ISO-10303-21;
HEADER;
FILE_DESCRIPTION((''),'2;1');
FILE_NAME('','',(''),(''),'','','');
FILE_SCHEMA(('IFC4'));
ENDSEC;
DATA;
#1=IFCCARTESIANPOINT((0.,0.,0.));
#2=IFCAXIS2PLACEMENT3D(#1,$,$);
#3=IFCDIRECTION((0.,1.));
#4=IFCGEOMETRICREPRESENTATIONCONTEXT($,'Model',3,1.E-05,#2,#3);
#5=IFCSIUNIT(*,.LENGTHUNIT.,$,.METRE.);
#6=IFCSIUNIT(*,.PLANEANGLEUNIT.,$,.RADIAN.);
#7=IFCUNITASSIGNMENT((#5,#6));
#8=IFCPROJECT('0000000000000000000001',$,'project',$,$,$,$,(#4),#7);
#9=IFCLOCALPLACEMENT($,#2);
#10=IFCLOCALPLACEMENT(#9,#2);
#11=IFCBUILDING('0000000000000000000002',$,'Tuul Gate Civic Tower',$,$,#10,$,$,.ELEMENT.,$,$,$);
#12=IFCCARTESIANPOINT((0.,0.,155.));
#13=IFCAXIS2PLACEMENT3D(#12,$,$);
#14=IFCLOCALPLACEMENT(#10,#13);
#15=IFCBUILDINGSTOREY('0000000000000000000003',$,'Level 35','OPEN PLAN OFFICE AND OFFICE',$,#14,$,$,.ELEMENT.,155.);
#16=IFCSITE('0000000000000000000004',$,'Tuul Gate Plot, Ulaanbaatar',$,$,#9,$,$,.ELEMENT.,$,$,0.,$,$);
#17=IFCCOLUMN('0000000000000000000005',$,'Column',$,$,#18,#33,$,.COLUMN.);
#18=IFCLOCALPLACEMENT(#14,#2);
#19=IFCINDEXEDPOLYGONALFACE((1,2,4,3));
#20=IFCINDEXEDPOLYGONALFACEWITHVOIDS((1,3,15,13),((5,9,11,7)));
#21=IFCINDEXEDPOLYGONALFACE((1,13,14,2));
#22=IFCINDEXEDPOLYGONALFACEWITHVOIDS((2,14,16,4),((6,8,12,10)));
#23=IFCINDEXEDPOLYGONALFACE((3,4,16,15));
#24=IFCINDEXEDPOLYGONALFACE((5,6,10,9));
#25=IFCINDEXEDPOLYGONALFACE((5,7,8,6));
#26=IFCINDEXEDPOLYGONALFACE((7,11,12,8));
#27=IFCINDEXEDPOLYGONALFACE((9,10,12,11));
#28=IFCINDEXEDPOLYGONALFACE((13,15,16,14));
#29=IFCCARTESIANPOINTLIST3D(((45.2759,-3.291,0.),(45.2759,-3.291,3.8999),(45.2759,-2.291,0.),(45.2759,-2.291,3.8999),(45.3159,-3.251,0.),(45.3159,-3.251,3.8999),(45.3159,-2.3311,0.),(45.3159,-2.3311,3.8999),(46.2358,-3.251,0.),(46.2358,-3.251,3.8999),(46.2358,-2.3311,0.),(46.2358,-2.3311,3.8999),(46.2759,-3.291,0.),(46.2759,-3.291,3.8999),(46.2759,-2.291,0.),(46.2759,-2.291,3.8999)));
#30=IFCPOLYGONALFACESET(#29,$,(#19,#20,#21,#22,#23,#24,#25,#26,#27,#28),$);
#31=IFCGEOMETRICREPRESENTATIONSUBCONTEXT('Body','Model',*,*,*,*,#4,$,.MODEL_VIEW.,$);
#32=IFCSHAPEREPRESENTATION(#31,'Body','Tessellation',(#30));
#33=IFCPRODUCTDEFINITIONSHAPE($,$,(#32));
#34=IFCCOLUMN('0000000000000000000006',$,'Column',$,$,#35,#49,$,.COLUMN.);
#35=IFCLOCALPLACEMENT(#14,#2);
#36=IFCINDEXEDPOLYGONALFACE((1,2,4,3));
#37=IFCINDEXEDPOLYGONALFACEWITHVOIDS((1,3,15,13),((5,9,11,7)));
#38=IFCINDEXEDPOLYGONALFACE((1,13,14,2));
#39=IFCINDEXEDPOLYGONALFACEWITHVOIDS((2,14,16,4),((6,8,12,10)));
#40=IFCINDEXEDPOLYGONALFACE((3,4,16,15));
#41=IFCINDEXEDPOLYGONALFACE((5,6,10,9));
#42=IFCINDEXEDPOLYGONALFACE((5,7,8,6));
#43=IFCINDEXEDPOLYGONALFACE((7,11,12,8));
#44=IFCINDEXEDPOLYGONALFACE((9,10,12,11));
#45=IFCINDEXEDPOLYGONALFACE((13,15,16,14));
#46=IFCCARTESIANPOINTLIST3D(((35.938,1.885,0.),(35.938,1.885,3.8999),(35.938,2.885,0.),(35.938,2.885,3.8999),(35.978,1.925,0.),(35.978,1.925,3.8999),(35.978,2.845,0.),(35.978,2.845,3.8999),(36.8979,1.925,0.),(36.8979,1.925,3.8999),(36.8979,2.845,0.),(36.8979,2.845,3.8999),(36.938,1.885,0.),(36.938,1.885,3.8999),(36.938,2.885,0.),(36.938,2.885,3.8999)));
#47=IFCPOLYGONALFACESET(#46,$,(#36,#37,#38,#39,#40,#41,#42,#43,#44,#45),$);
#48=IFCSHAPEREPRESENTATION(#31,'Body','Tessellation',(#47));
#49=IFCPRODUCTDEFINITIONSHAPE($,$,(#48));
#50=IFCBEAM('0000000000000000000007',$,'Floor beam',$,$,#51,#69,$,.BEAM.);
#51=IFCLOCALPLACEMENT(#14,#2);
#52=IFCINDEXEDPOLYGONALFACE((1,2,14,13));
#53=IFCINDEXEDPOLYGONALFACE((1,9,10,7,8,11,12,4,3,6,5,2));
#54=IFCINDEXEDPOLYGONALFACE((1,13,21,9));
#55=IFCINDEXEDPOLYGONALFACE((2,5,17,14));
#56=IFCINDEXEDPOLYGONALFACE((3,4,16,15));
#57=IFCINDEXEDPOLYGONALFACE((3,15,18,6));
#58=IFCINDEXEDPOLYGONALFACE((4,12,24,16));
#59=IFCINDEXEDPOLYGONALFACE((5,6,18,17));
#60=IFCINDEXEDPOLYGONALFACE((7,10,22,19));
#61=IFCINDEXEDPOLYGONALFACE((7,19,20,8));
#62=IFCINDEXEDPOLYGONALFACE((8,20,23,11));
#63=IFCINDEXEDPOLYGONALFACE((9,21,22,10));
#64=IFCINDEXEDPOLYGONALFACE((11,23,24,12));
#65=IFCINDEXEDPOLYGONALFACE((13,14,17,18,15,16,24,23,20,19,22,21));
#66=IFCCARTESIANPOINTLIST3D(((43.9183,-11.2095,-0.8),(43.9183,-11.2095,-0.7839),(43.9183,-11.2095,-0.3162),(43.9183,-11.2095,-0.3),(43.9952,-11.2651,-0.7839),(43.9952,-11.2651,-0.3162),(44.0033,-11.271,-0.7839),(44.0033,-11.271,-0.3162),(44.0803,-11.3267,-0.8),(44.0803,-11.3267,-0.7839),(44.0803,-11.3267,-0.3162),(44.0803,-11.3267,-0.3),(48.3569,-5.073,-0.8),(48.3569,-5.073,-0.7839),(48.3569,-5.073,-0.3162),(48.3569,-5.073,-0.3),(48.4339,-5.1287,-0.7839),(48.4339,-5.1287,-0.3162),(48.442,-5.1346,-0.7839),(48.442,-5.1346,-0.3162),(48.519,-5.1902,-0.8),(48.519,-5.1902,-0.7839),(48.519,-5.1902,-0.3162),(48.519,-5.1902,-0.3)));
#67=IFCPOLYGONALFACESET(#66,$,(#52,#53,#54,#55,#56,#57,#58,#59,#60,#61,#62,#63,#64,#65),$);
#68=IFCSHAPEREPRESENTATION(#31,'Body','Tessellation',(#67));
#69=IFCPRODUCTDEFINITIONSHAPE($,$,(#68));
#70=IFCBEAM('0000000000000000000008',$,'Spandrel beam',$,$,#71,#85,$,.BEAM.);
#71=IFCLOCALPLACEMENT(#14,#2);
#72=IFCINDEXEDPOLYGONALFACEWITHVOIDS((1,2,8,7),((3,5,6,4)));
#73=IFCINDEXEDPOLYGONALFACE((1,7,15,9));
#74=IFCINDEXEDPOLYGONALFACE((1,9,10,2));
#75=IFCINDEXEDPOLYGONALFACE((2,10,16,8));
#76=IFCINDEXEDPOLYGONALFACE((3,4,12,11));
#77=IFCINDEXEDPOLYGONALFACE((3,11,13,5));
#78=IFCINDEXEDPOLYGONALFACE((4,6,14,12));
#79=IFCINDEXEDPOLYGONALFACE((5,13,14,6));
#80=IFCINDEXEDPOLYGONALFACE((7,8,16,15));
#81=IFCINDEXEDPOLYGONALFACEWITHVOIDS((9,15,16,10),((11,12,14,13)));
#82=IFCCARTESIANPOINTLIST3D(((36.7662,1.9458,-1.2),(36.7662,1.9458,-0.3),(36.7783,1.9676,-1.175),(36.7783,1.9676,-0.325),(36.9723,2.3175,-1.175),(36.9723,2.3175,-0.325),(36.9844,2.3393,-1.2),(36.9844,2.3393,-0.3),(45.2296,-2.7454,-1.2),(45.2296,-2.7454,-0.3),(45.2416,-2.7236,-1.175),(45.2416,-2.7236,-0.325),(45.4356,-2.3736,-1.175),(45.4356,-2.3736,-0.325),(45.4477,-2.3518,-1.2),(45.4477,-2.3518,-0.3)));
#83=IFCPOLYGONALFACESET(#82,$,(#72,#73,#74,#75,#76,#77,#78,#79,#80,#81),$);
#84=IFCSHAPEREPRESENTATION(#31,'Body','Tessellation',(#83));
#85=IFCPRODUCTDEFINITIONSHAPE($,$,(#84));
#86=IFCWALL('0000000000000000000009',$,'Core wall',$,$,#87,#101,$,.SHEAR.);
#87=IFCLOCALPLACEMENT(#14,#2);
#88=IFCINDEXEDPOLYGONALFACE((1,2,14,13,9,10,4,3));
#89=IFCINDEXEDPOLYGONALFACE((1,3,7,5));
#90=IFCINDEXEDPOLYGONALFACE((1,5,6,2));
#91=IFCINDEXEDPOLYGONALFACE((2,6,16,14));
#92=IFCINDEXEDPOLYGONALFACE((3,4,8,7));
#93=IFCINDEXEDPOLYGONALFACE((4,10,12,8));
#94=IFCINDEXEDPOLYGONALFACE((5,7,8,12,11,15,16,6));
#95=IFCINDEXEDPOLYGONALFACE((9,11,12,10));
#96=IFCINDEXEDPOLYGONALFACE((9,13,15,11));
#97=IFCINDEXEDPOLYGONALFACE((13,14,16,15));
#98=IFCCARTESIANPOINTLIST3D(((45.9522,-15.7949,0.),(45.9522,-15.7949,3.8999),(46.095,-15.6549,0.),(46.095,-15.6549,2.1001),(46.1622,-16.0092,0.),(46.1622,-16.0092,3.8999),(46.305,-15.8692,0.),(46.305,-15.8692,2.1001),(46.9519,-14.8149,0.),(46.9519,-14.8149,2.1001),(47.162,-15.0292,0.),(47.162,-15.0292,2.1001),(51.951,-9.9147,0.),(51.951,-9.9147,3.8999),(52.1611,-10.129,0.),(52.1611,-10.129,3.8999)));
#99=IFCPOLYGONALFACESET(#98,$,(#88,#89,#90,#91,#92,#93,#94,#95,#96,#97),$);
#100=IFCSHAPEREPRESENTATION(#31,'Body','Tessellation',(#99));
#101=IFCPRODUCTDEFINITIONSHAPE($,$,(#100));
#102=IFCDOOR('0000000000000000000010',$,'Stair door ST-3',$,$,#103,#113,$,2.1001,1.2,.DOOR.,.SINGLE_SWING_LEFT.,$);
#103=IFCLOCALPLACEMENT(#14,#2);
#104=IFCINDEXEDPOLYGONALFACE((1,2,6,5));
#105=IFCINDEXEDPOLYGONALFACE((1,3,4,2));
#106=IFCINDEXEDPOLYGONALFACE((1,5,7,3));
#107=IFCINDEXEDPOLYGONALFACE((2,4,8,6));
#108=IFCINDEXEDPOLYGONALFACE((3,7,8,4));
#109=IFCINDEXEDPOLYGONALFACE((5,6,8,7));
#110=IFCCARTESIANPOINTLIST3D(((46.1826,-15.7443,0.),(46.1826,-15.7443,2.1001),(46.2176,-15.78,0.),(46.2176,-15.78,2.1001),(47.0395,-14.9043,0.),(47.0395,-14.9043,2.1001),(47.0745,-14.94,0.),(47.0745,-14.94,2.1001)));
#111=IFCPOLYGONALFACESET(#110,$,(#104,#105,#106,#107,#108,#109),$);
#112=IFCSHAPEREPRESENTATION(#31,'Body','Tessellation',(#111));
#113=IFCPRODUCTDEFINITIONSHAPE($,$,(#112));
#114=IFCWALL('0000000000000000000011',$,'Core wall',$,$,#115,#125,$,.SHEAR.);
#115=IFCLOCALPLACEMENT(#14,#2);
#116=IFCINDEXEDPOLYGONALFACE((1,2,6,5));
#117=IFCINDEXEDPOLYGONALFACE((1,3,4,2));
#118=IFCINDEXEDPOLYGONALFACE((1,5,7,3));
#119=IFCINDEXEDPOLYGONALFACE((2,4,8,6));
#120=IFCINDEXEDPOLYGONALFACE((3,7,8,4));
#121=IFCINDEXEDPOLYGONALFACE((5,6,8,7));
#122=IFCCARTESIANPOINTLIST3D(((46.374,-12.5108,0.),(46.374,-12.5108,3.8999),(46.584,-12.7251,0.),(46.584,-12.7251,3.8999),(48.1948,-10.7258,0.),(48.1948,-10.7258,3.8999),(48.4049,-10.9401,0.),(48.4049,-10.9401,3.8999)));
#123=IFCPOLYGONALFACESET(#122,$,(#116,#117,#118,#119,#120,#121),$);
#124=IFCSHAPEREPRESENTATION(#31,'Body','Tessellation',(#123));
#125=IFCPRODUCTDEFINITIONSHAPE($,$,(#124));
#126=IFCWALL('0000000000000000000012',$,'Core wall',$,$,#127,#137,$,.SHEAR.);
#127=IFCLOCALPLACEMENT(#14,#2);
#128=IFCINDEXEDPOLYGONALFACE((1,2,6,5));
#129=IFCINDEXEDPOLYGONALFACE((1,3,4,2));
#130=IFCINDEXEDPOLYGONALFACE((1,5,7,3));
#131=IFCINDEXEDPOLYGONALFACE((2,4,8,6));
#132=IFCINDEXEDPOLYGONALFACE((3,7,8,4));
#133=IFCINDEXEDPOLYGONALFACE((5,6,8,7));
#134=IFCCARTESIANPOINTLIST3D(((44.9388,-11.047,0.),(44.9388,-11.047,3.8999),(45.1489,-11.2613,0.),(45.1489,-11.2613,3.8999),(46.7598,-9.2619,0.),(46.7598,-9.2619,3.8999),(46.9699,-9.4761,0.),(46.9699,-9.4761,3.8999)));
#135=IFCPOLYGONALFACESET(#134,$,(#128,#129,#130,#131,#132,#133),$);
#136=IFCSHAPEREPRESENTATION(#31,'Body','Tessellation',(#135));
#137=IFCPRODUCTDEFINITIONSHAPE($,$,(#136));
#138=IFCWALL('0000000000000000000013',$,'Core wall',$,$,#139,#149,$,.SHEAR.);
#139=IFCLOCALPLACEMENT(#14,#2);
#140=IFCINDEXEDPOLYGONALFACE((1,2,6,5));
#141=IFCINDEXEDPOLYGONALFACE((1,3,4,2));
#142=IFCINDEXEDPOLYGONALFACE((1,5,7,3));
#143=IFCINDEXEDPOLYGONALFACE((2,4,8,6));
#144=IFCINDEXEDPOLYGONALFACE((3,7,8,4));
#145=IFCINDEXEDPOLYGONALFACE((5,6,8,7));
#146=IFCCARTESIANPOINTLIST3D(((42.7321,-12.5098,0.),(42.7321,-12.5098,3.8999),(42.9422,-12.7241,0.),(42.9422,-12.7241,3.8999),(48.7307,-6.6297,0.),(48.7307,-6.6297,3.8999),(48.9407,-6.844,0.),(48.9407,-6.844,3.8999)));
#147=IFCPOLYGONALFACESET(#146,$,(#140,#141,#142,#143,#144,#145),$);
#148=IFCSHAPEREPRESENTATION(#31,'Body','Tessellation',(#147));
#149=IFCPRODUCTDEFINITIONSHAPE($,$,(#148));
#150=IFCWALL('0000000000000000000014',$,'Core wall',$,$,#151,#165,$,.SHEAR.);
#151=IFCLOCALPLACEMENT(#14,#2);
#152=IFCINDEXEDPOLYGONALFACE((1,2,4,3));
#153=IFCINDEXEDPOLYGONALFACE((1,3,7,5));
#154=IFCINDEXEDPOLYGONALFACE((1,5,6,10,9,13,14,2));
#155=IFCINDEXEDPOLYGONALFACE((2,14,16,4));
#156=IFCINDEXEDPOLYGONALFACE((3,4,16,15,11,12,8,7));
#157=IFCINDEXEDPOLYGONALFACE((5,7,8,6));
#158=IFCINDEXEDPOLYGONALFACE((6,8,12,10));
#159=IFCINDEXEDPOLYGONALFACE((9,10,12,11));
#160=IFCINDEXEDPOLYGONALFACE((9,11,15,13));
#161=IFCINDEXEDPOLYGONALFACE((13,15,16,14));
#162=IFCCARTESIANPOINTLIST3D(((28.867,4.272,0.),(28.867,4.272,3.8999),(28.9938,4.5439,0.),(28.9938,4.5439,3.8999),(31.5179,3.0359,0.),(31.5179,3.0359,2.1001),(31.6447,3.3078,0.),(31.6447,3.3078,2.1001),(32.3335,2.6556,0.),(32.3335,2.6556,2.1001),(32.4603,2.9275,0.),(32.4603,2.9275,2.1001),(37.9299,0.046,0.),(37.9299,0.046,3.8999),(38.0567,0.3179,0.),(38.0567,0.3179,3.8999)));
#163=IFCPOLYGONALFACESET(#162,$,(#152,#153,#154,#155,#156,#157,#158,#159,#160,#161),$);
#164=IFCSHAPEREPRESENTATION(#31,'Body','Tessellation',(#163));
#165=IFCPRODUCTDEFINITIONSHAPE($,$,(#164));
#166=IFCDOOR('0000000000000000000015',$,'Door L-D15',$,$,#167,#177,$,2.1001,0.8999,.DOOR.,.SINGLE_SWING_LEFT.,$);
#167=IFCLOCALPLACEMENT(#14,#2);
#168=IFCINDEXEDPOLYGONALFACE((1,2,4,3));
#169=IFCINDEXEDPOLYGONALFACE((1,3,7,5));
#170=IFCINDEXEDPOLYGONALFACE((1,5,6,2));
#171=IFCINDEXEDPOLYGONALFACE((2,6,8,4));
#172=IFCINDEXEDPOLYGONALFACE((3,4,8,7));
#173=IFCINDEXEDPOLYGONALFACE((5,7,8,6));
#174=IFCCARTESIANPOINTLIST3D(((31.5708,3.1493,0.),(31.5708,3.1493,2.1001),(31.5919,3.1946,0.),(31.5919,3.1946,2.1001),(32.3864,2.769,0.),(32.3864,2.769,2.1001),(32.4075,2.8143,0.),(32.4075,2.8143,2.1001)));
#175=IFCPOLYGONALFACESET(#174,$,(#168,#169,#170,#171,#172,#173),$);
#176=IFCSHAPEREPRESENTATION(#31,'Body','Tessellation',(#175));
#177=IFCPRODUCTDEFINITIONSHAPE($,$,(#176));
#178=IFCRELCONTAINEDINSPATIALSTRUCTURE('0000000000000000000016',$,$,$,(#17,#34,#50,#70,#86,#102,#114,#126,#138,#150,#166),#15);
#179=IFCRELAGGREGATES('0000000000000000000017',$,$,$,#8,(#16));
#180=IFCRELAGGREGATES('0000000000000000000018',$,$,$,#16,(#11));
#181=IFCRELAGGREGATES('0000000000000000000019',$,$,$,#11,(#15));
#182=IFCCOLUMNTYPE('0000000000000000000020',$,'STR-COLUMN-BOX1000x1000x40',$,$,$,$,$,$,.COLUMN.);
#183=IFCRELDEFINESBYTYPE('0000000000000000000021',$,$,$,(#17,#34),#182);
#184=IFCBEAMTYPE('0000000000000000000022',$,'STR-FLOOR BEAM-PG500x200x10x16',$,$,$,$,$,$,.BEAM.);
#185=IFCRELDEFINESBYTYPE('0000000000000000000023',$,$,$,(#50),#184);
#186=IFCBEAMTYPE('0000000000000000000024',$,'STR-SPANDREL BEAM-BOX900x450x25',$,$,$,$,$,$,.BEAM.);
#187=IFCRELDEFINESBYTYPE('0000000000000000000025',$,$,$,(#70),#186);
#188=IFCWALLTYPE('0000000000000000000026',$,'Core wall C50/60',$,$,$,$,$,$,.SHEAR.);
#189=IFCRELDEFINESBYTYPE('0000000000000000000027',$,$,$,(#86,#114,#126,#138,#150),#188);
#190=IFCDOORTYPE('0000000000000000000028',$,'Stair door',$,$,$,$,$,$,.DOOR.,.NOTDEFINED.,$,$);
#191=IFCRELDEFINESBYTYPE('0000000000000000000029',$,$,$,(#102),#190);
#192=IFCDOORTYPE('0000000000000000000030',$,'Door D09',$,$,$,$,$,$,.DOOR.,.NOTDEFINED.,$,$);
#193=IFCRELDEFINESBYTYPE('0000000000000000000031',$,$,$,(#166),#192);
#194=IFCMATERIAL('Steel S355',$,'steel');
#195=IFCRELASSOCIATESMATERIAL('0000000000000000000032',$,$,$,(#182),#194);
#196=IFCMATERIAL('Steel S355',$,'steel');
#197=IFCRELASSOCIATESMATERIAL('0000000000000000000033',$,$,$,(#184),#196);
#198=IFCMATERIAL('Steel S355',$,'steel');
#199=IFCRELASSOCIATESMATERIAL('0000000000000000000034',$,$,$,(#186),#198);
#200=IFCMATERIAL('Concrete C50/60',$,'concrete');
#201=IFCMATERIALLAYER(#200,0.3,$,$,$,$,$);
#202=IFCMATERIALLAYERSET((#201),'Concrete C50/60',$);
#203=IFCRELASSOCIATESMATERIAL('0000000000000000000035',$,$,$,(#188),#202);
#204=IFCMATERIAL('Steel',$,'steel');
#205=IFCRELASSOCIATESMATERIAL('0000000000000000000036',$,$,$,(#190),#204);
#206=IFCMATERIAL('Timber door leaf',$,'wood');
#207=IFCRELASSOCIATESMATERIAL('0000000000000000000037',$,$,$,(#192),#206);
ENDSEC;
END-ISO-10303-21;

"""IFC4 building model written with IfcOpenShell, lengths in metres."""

from ifc_helpers import new_model, si_unit, direction, frame, frame_2d, origin, origin_2d, place, context, subcontext, project, spatial, rectangle, hollow_rectangle, i_section, extrude, material, layer, layer_set, material_profile, profile_set, type_object, element, fill, save


model = new_model("IFC4")

# Units and contexts
model_context = context("Model", 3, precision=1e-05, world=origin(), true_north=direction((0.0, 1.0)))
body_context = subcontext(model_context, "Body", "Model", "MODEL_VIEW")
ifc_project = project(units=[si_unit("LENGTHUNIT", "METRE"), si_unit("PLANEANGLEUNIT", "RADIAN")], contexts=[model_context])

# Site, building, storey
site_placement = place(None, origin())
site = spatial("IfcSite", under=ifc_project, at=site_placement, Name="Tuul Gate Plot, Ulaanbaatar", CompositionType="ELEMENT", RefElevation=0.0)
building_placement = place(site_placement, origin())
building = spatial("IfcBuilding", under=site, at=building_placement, Name="Tuul Gate Civic Tower", CompositionType="ELEMENT")
storey_placement = place(building_placement, frame((0.0, 0.0, 155.0)))
storey = spatial("IfcBuildingStorey", under=building, at=storey_placement, Name="Level 35", Description="OPEN PLAN OFFICE AND OFFICE", CompositionType="ELEMENT", Elevation=155.0)

# Columns
ifc_material_1 = material(Name="Steel S355", Category="steel")
ifc_material_profile_1 = material_profile(ifc_material_1, hollow_rectangle(XDim=1.0, YDim=1.0, WallThickness=0.04, at=origin_2d()), Name="BOX1000x1000x40")
ifc_profile_set_1 = profile_set([ifc_material_profile_1], Name="Steel S355")
column_type = type_object("IfcColumnType", Name="STR-COLUMN-BOX1000x1000x40", PredefinedType="COLUMN", material=ifc_profile_set_1)
for number, where, z_axis, x_axis, name in (
    (1, (45.7759, -2.791, 0.0), (0.0, 0.0, 1.0), (1.0, 0.0, 0.0), "Column"),
    (2, (36.438, 2.385, 0.0), (0.0, 0.0, 1.0), (1.0, 0.0, 0.0), "Column"),
):
    element("IfcColumn", number, at=place(storey_placement, frame(where, z_axis=z_axis, x_axis=x_axis)), inside=storey, type_object=column_type, Name=name, PredefinedType="COLUMN", context=body_context, shape_type="SweptSolid", body=[
        extrude(hollow_rectangle(XDim=1.0, YDim=1.0, WallThickness=0.04, at=origin_2d()), origin(), (0.0, 0.0, 1.0), 3.8999),
    ])

# Beams
ifc_material_2 = material(Name="Steel S355", Category="steel")
ifc_material_profile_2 = material_profile(ifc_material_2, i_section(OverallWidth=0.2, OverallDepth=0.5, WebThickness=0.01, FlangeThickness=0.0161, at=origin_2d()), Name="PG500x200x10x16")
ifc_profile_set_2 = profile_set([ifc_material_profile_2], Name="Steel S355")
beam_type_1 = type_object("IfcBeamType", Name="STR-FLOOR BEAM-PG500x200x10x16", PredefinedType="BEAM", material=ifc_profile_set_2)
beam_1_placement = place(storey_placement, frame((43.9993, -11.2681, -0.55), z_axis=(0.586082, 0.810251, 0.0), x_axis=(-0.810251, 0.586082, 0.0)))
element("IfcBeam", 3, at=beam_1_placement, inside=storey, type_object=beam_type_1, Name="Floor beam", PredefinedType="BEAM", context=body_context, shape_type="SweptSolid", body=[
    extrude(i_section(OverallWidth=0.2, OverallDepth=0.5, WebThickness=0.01, FlangeThickness=0.0161, at=origin_2d()), origin(), (0.0, 0.0, 1.0), 7.5735),
])
ifc_material_3 = material(Name="Steel S355", Category="steel")
ifc_material_profile_3 = material_profile(ifc_material_3, hollow_rectangle(XDim=0.45, YDim=0.8999, WallThickness=0.0249, at=origin_2d()), Name="BOX900x450x25")
ifc_profile_set_3 = profile_set([ifc_material_profile_3], Name="Steel S355")
beam_type_2 = type_object("IfcBeamType", Name="STR-SPANDREL BEAM-BOX900x450x25", PredefinedType="BEAM", material=ifc_profile_set_3)
beam_2_placement = place(storey_placement, frame((45.3386, -2.5486, -0.75), z_axis=(-0.874627, 0.484797, 0.0), x_axis=(-0.484797, -0.874627, 0.0)))
element("IfcBeam", 4, at=beam_2_placement, inside=storey, type_object=beam_type_2, Name="Spandrel beam", PredefinedType="BEAM", context=body_context, shape_type="SweptSolid", body=[
    extrude(hollow_rectangle(XDim=0.45, YDim=0.8999, WallThickness=0.0249, at=origin_2d()), origin(), (0.0, 0.0, 1.0), 9.6765),
])

# Wall, opening, door
ifc_material_4 = material(Name="Concrete C50/60", Category="concrete")
ifc_layer_1 = layer(ifc_material_4, 0.3)
ifc_layer_set_1 = layer_set([ifc_layer_1], Name="Concrete C50/60")
wall_type_1 = type_object("IfcWallType", Name="Core wall C50/60", PredefinedType="SHEAR", material=ifc_layer_set_1)
wall_1_placement = place(storey_placement, frame((46.0571, -15.9021, 0.0), z_axis=(0.0, 0.0, 1.0), x_axis=(0.714134, 0.700009, 0.0)))
wall_1 = element("IfcWall", 5, at=wall_1_placement, inside=storey, type_object=wall_type_1, Name="Core wall", PredefinedType="SHEAR", context=body_context, shape_type="SweptSolid", body=[
    extrude(rectangle(XDim=8.4001, YDim=0.3, at=frame_2d((4.2002, 0.0))), origin(), (0.0, 0.0, 1.0), 3.8999),
])
opening_1_placement = place(wall_1_placement, frame((0.2, 0.0, 0.0)))
opening_1 = element("IfcOpeningElement", 6, at=opening_1_placement, cuts=wall_1, PredefinedType="OPENING", context=body_context, shape_type="SweptSolid", body=[
    extrude(rectangle(XDim=1.2, YDim=2.1001, at=frame_2d((0.6001, 1.05))), frame((0.0, 0.1602, 0.0), z_axis=(0.0, -1.0, 0.0), x_axis=(1.0, 0.0, 0.0)), (0.0, 0.0, 1.0), 0.3201),
])
ifc_material_5 = material(Name="Steel", Category="steel")
door_type_1 = type_object("IfcDoorType", Name="Stair door", OperationType="NOTDEFINED", PredefinedType="DOOR", material=ifc_material_5)
door_1_placement = place(opening_1_placement, origin())
door_1 = element("IfcDoor", 7, at=door_1_placement, inside=storey, type_object=door_type_1, Name="Stair door ST-3", OperationType="SINGLE_SWING_LEFT", OverallHeight=2.1001, OverallWidth=1.2, PredefinedType="DOOR", context=body_context, shape_type="SweptSolid", body=[
    extrude(rectangle(XDim=1.2, YDim=2.1001, at=frame_2d((0.6001, 1.05))), frame((0.0, 0.0249, 0.0), z_axis=(0.0, -1.0, 0.0), x_axis=(1.0, 0.0, 0.0)), (0.0, 0.0, 1.0), 0.05),
])
fill(opening_1, door_1)

# Walls
wall_2_placement = place(storey_placement, frame((46.479, -12.6179, 0.0), z_axis=(0.0, 0.0, 1.0), x_axis=(0.714109, 0.700034, 0.0)))
element("IfcWall", 8, at=wall_2_placement, inside=storey, type_object=wall_type_1, Name="Core wall", PredefinedType="SHEAR", context=body_context, shape_type="SweptSolid", body=[
    extrude(rectangle(XDim=2.5498, YDim=0.3, at=frame_2d((1.2749, 0.0))), origin(), (0.0, 0.0, 1.0), 3.8999),
])
wall_3_placement = place(storey_placement, frame((45.0439, -11.1541, 0.0), z_axis=(0.0, 0.0, 1.0), x_axis=(0.714108, 0.700035, 0.0)))
element("IfcWall", 9, at=wall_3_placement, inside=storey, type_object=wall_type_1, Name="Core wall", PredefinedType="SHEAR", context=body_context, shape_type="SweptSolid", body=[
    extrude(rectangle(XDim=2.55, YDim=0.3, at=frame_2d((1.2749, 0.0))), origin(), (0.0, 0.0, 1.0), 3.8999),
])
wall_4_placement = place(storey_placement, frame((42.8372, -12.6169, 0.0), z_axis=(0.0, 0.0, 1.0), x_axis=(0.71412, 0.700023, 0.0)))
element("IfcWall", 10, at=wall_4_placement, inside=storey, type_object=wall_type_1, Name="Core wall", PredefinedType="SHEAR", context=body_context, shape_type="SweptSolid", body=[
    extrude(rectangle(XDim=8.3999, YDim=0.3, at=frame_2d((4.2, 0.0))), origin(), (0.0, 0.0, 1.0), 3.8999),
])

# Wall, opening, door
wall_5_placement = place(storey_placement, frame((37.9934, 0.1819, 0.0), z_axis=(0.0, 0.0, 1.0), x_axis=(-0.90631, 0.422613, 0.0)))
wall_5 = element("IfcWall", 11, at=wall_5_placement, inside=storey, type_object=wall_type_1, Name="Core wall", PredefinedType="SHEAR", context=body_context, shape_type="SweptSolid", body=[
    extrude(rectangle(XDim=9.9998, YDim=0.3, at=frame_2d((5.0, 0.0))), origin(), (0.0, 0.0, 1.0), 3.8999),
])
opening_2_placement = place(wall_5_placement, frame((6.175, 0.0, 0.0)))
opening_2 = element("IfcOpeningElement", 12, at=opening_2_placement, cuts=wall_5, PredefinedType="OPENING", context=body_context, shape_type="SweptSolid", body=[
    extrude(rectangle(XDim=0.8999, YDim=2.1001, at=frame_2d((0.45, 1.05))), frame((0.0, 0.1602, 0.0), z_axis=(0.0, -1.0, 0.0), x_axis=(1.0, 0.0, 0.0)), (0.0, 0.0, 1.0), 0.3201),
])
ifc_material_6 = material(Name="Timber door leaf", Category="wood")
door_type_2 = type_object("IfcDoorType", Name="Door D09", OperationType="NOTDEFINED", PredefinedType="DOOR", material=ifc_material_6)
door_2_placement = place(opening_2_placement, origin())
door_2 = element("IfcDoor", 13, at=door_2_placement, inside=storey, type_object=door_type_2, Name="Door L-D15", OperationType="SINGLE_SWING_LEFT", OverallHeight=2.1001, OverallWidth=0.8999, PredefinedType="DOOR", context=body_context, shape_type="SweptSolid", body=[
    extrude(rectangle(XDim=0.8999, YDim=2.1001, at=frame_2d((0.45, 1.05))), frame((0.0, 0.0249, 0.0), z_axis=(0.0, -1.0, 0.0), x_axis=(1.0, 0.0, 0.0)), (0.0, 0.0, 1.0), 0.05),
])
fill(opening_2, door_2)

save(model, "model.ifc")
